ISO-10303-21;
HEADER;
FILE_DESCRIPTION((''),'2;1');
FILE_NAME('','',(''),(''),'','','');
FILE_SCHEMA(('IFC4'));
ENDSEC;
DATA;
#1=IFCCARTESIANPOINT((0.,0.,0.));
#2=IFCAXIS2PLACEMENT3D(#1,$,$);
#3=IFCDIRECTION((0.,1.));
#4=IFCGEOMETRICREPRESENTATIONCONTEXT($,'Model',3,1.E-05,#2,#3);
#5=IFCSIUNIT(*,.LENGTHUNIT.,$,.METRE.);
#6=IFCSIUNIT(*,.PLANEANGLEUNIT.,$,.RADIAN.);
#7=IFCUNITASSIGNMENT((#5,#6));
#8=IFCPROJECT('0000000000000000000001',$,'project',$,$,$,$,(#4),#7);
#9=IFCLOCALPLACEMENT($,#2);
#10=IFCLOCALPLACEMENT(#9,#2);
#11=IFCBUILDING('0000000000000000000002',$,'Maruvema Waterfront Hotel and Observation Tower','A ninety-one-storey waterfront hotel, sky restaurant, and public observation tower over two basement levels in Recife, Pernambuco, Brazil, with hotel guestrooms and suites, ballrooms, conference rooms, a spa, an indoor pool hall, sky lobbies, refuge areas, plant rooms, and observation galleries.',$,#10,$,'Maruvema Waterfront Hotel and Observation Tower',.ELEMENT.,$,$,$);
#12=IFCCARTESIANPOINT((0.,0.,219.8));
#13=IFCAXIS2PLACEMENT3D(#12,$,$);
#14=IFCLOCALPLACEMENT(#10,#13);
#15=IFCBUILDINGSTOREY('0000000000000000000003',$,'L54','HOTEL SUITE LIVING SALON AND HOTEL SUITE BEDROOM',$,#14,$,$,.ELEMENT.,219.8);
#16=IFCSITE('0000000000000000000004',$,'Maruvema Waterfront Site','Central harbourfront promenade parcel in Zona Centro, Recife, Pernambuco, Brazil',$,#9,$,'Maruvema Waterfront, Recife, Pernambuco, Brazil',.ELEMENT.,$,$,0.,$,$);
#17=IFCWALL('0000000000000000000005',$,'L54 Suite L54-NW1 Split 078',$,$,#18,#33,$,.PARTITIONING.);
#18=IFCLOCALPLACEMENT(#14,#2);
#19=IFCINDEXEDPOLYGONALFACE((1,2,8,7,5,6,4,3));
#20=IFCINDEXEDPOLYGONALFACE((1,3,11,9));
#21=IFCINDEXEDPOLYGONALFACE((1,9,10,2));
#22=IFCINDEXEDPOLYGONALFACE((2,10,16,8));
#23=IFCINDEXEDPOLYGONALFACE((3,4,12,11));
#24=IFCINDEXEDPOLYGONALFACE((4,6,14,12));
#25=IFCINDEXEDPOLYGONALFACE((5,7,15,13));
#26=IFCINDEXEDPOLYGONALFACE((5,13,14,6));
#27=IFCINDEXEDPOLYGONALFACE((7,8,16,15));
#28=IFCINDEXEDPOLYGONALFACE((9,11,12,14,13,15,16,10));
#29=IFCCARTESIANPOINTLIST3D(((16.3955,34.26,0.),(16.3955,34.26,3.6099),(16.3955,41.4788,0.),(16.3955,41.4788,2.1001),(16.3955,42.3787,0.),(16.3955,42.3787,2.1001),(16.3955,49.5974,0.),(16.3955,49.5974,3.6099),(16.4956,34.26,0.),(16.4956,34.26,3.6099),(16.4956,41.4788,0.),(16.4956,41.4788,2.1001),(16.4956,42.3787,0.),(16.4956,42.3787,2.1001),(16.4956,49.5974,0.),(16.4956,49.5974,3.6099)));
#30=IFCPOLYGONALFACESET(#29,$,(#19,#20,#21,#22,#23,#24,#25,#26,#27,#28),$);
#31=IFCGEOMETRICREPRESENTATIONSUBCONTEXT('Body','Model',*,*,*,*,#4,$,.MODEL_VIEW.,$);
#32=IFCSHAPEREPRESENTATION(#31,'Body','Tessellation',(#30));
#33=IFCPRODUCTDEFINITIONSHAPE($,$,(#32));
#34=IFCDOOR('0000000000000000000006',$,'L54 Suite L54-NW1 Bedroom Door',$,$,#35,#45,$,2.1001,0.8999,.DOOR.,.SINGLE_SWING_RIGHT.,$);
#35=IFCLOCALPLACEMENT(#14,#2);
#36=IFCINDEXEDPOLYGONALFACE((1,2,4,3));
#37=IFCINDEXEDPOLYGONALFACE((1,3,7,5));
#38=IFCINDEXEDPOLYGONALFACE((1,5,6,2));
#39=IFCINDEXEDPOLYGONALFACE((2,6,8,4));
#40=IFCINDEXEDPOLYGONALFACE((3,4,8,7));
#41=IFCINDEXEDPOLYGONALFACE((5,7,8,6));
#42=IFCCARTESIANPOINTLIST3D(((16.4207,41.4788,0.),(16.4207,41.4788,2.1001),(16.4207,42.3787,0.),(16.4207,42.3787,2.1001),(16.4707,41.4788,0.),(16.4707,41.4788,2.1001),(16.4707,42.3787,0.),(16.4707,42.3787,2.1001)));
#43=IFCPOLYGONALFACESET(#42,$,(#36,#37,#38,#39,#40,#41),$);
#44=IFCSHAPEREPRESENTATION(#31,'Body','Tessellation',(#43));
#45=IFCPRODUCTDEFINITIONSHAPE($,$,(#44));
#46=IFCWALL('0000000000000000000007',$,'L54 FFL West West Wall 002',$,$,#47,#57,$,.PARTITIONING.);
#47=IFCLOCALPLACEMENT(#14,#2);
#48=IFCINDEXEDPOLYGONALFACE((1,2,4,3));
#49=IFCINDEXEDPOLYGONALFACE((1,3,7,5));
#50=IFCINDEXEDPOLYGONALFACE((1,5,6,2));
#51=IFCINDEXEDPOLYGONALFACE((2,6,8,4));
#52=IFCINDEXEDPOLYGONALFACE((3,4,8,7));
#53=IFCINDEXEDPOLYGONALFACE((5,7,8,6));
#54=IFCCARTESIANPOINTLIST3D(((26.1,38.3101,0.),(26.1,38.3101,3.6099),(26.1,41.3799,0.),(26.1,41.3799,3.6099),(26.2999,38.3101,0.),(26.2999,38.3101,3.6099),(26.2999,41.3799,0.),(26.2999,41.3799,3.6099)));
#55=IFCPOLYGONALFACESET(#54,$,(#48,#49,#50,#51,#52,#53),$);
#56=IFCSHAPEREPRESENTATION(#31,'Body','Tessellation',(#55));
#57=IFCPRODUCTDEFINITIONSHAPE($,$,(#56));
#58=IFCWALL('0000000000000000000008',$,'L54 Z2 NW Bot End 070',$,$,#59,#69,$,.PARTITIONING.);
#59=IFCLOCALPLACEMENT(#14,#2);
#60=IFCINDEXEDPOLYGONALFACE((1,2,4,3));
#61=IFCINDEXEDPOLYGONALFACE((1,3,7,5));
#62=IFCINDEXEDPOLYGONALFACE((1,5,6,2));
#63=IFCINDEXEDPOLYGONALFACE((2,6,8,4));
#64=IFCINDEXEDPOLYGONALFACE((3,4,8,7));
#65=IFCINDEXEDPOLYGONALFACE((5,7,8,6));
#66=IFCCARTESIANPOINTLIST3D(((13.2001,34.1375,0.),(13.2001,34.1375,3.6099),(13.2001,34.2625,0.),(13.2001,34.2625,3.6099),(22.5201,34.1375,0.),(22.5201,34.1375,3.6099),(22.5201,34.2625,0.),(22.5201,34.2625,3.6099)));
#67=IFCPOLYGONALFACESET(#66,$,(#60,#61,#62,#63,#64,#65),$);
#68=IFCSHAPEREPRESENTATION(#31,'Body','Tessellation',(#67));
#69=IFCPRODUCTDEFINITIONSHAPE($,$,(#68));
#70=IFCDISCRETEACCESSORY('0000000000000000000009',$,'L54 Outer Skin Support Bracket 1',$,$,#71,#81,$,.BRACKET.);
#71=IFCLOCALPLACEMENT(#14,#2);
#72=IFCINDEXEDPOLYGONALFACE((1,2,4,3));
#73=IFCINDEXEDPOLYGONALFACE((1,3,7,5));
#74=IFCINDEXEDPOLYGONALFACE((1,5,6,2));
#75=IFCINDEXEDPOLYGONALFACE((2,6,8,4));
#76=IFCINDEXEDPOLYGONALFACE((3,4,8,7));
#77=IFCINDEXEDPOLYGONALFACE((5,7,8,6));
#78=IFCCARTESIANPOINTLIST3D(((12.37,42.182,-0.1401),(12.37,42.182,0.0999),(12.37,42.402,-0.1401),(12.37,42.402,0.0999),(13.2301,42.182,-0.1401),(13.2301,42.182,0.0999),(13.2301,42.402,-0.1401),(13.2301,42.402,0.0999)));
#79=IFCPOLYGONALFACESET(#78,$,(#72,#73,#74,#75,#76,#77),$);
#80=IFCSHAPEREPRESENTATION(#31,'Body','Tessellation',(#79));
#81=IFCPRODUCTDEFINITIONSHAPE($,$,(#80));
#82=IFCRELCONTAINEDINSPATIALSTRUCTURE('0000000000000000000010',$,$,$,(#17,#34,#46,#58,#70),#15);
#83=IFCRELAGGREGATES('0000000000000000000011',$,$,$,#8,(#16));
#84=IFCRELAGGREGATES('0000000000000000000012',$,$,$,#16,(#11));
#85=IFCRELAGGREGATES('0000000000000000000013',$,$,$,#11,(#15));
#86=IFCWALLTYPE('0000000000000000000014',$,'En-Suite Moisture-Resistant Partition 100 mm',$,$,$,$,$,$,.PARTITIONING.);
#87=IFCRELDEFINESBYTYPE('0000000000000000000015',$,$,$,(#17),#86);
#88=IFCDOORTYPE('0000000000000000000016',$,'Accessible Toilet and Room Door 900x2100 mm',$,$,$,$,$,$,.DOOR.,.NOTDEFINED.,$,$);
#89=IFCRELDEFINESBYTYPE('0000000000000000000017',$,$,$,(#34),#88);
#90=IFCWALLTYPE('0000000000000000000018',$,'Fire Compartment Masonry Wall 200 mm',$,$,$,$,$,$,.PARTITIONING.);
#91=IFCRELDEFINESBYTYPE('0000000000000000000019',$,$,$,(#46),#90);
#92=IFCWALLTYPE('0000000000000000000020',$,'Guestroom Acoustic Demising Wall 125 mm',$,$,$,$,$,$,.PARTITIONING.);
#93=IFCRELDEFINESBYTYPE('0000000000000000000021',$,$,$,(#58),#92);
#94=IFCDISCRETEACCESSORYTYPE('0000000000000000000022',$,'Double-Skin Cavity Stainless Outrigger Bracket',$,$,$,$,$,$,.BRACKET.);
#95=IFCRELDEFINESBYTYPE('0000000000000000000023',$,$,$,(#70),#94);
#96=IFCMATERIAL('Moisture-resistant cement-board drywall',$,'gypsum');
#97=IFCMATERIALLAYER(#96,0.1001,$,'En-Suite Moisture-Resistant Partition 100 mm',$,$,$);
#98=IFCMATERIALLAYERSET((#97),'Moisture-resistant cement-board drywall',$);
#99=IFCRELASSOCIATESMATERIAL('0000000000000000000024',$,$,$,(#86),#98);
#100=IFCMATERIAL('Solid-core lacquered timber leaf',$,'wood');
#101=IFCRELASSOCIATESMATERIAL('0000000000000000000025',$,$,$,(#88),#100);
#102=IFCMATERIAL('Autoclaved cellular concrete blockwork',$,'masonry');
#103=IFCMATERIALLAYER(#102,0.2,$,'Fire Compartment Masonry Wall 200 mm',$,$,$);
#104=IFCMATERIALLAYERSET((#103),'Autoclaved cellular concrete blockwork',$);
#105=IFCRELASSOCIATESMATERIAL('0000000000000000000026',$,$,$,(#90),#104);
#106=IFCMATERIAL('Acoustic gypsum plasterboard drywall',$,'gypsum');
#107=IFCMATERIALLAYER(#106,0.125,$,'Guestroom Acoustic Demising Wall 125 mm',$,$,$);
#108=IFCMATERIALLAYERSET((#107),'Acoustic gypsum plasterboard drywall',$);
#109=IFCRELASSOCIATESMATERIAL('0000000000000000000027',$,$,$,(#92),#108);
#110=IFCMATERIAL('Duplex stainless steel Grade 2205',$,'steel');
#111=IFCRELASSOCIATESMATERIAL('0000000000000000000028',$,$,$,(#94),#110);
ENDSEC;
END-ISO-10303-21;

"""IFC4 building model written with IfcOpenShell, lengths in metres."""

from ifc_helpers import new_model, si_unit, direction, frame, frame_2d, origin, origin_2d, place, context, subcontext, project, spatial, rectangle, extrude, material, layer, layer_set, type_object, element, fill, save


model = new_model("IFC4")

# Units and contexts
model_context = context("Model", 3, precision=1e-05, world=origin(), true_north=direction((0.0, 1.0)))
body_context = subcontext(model_context, "Body", "Model", "MODEL_VIEW")
ifc_project = project(units=[si_unit("LENGTHUNIT", "METRE"), si_unit("PLANEANGLEUNIT", "RADIAN")], contexts=[model_context])

# Site, building, storey
site_placement = place(None, origin())
site = spatial("IfcSite", under=ifc_project, at=site_placement, Name="Maruvema Waterfront Site", Description="Central harbourfront promenade parcel in Zona Centro, Recife, Pernambuco, Brazil", LongName="Maruvema Waterfront, Recife, Pernambuco, Brazil", CompositionType="ELEMENT", RefElevation=0.0)
building_placement = place(site_placement, origin())
building = spatial("IfcBuilding", under=site, at=building_placement, Name="Maruvema Waterfront Hotel and Observation Tower", Description="A ninety-one-storey waterfront hotel, sky restaurant, and public observation tower over two basement levels in Recife, Pernambuco, Brazil, with hotel guestrooms and suites, ballrooms, conference rooms, a spa, an indoor pool hall, sky lobbies, refuge areas, plant rooms, and observation galleries.", LongName="Maruvema Waterfront Hotel and Observation Tower", CompositionType="ELEMENT")
storey_placement = place(building_placement, frame((0.0, 0.0, 219.8)))
storey = spatial("IfcBuildingStorey", under=building, at=storey_placement, Name="L54", Description="HOTEL SUITE LIVING SALON AND HOTEL SUITE BEDROOM", CompositionType="ELEMENT", Elevation=219.8)

# Wall, opening, door
ifc_material_1 = material(Name="Moisture-resistant cement-board drywall", Category="gypsum")
ifc_layer_1 = layer(ifc_material_1, 0.1001, Name="En-Suite Moisture-Resistant Partition 100 mm")
ifc_layer_set_1 = layer_set([ifc_layer_1], Name="Moisture-resistant cement-board drywall")
wall_type_1 = type_object("IfcWallType", Name="En-Suite Moisture-Resistant Partition 100 mm", PredefinedType="PARTITIONING", material=ifc_layer_set_1)
wall_1_placement = place(storey_placement, frame((16.4456, 34.26, 0.0), z_axis=(0.0, 0.0, 1.0), x_axis=(0.0, 1.0, 0.0)))
wall_1 = element("IfcWall", 1, at=wall_1_placement, inside=storey, type_object=wall_type_1, Name="L54 Suite L54-NW1 Split 078", PredefinedType="PARTITIONING", context=body_context, shape_type="SweptSolid", body=[
    extrude(rectangle(XDim=15.3374, YDim=0.1001, at=frame_2d((7.6687, 0.0))), origin(), (0.0, 0.0, 1.0), 3.6099),
])
opening_1_placement = place(wall_1_placement, frame((7.2188, 0.0, 0.0)))
opening_1 = element("IfcOpeningElement", 2, at=opening_1_placement, cuts=wall_1, PredefinedType="OPENING", context=body_context, shape_type="SweptSolid", body=[
    extrude(rectangle(XDim=0.8999, YDim=2.1001, at=frame_2d((0.45, 1.05))), frame((0.0, 0.0601, 0.0), z_axis=(0.0, -1.0, 0.0), x_axis=(1.0, 0.0, 0.0)), (0.0, 0.0, 1.0), 0.1201),
])
ifc_material_2 = material(Name="Solid-core lacquered timber leaf", Category="wood")
door_type_1 = type_object("IfcDoorType", Name="Accessible Toilet and Room Door 900x2100 mm", OperationType="NOTDEFINED", PredefinedType="DOOR", material=ifc_material_2)
door_1_placement = place(opening_1_placement, origin())
door_1 = element("IfcDoor", 3, at=door_1_placement, inside=storey, type_object=door_type_1, Name="L54 Suite L54-NW1 Bedroom Door", OperationType="SINGLE_SWING_RIGHT", OverallHeight=2.1001, OverallWidth=0.8999, PredefinedType="DOOR", context=body_context, shape_type="SweptSolid", body=[
    extrude(rectangle(XDim=0.8999, YDim=2.1001, at=frame_2d((0.45, 1.05))), frame((0.0, 0.0249, 0.0), z_axis=(0.0, -1.0, 0.0), x_axis=(1.0, 0.0, 0.0)), (0.0, 0.0, 1.0), 0.05),
])
fill(opening_1, door_1)
ifc_material_3 = material(Name="Autoclaved cellular concrete blockwork", Category="masonry")
ifc_layer_2 = layer(ifc_material_3, 0.2, Name="Fire Compartment Masonry Wall 200 mm")
ifc_layer_set_2 = layer_set([ifc_layer_2], Name="Autoclaved cellular concrete blockwork")
wall_type_2 = type_object("IfcWallType", Name="Fire Compartment Masonry Wall 200 mm", PredefinedType="PARTITIONING", material=ifc_layer_set_2)

# Walls
wall_2_placement = place(storey_placement, frame((26.2, 38.3101, 0.0), z_axis=(0.0, 0.0, 1.0), x_axis=(0.0, 1.0, 0.0)))
element("IfcWall", 4, at=wall_2_placement, inside=storey, type_object=wall_type_2, Name="L54 FFL West West Wall 002", PredefinedType="PARTITIONING", context=body_context, shape_type="SweptSolid", body=[
    extrude(rectangle(XDim=3.0698, YDim=0.2, at=frame_2d((1.5349, 0.0))), origin(), (0.0, 0.0, 1.0), 3.6099),
])
ifc_material_4 = material(Name="Acoustic gypsum plasterboard drywall", Category="gypsum")
ifc_layer_3 = layer(ifc_material_4, 0.125, Name="Guestroom Acoustic Demising Wall 125 mm")
ifc_layer_set_3 = layer_set([ifc_layer_3], Name="Acoustic gypsum plasterboard drywall")
wall_type_3 = type_object("IfcWallType", Name="Guestroom Acoustic Demising Wall 125 mm", PredefinedType="PARTITIONING", material=ifc_layer_set_3)
wall_3_placement = place(storey_placement, frame((13.2, 34.2, 0.0), z_axis=(0.0, 0.0, 1.0), x_axis=(1.0, 0.0, 0.0)))
element("IfcWall", 5, at=wall_3_placement, inside=storey, type_object=wall_type_3, Name="L54 Z2 NW Bot End 070", PredefinedType="PARTITIONING", context=body_context, shape_type="SweptSolid", body=[
    extrude(rectangle(XDim=9.3201, YDim=0.125, at=frame_2d((4.6602, 0.0))), origin(), (0.0, 0.0, 1.0), 3.6099),
])

# Discrete accessory
ifc_material_5 = material(Name="Duplex stainless steel Grade 2205", Category="steel")
discrete_accessory_type = type_object("IfcDiscreteAccessoryType", Name="Double-Skin Cavity Stainless Outrigger Bracket", PredefinedType="BRACKET", material=ifc_material_5)
discrete_accessory_placement = place(storey_placement, frame((12.8, 42.292, -0.1401), z_axis=(0.0, 0.0, 1.0), x_axis=(0.0, -1.0, 0.0)))
element("IfcDiscreteAccessory", 6, at=discrete_accessory_placement, inside=storey, type_object=discrete_accessory_type, Name="L54 Outer Skin Support Bracket 1", PredefinedType="BRACKET", context=body_context, shape_type="SweptSolid", body=[
    extrude(rectangle(XDim=0.22, YDim=0.8601, at=origin_2d()), origin(), (0.0, 0.0, 1.0), 0.24),
])

save(model, "model.ifc")
